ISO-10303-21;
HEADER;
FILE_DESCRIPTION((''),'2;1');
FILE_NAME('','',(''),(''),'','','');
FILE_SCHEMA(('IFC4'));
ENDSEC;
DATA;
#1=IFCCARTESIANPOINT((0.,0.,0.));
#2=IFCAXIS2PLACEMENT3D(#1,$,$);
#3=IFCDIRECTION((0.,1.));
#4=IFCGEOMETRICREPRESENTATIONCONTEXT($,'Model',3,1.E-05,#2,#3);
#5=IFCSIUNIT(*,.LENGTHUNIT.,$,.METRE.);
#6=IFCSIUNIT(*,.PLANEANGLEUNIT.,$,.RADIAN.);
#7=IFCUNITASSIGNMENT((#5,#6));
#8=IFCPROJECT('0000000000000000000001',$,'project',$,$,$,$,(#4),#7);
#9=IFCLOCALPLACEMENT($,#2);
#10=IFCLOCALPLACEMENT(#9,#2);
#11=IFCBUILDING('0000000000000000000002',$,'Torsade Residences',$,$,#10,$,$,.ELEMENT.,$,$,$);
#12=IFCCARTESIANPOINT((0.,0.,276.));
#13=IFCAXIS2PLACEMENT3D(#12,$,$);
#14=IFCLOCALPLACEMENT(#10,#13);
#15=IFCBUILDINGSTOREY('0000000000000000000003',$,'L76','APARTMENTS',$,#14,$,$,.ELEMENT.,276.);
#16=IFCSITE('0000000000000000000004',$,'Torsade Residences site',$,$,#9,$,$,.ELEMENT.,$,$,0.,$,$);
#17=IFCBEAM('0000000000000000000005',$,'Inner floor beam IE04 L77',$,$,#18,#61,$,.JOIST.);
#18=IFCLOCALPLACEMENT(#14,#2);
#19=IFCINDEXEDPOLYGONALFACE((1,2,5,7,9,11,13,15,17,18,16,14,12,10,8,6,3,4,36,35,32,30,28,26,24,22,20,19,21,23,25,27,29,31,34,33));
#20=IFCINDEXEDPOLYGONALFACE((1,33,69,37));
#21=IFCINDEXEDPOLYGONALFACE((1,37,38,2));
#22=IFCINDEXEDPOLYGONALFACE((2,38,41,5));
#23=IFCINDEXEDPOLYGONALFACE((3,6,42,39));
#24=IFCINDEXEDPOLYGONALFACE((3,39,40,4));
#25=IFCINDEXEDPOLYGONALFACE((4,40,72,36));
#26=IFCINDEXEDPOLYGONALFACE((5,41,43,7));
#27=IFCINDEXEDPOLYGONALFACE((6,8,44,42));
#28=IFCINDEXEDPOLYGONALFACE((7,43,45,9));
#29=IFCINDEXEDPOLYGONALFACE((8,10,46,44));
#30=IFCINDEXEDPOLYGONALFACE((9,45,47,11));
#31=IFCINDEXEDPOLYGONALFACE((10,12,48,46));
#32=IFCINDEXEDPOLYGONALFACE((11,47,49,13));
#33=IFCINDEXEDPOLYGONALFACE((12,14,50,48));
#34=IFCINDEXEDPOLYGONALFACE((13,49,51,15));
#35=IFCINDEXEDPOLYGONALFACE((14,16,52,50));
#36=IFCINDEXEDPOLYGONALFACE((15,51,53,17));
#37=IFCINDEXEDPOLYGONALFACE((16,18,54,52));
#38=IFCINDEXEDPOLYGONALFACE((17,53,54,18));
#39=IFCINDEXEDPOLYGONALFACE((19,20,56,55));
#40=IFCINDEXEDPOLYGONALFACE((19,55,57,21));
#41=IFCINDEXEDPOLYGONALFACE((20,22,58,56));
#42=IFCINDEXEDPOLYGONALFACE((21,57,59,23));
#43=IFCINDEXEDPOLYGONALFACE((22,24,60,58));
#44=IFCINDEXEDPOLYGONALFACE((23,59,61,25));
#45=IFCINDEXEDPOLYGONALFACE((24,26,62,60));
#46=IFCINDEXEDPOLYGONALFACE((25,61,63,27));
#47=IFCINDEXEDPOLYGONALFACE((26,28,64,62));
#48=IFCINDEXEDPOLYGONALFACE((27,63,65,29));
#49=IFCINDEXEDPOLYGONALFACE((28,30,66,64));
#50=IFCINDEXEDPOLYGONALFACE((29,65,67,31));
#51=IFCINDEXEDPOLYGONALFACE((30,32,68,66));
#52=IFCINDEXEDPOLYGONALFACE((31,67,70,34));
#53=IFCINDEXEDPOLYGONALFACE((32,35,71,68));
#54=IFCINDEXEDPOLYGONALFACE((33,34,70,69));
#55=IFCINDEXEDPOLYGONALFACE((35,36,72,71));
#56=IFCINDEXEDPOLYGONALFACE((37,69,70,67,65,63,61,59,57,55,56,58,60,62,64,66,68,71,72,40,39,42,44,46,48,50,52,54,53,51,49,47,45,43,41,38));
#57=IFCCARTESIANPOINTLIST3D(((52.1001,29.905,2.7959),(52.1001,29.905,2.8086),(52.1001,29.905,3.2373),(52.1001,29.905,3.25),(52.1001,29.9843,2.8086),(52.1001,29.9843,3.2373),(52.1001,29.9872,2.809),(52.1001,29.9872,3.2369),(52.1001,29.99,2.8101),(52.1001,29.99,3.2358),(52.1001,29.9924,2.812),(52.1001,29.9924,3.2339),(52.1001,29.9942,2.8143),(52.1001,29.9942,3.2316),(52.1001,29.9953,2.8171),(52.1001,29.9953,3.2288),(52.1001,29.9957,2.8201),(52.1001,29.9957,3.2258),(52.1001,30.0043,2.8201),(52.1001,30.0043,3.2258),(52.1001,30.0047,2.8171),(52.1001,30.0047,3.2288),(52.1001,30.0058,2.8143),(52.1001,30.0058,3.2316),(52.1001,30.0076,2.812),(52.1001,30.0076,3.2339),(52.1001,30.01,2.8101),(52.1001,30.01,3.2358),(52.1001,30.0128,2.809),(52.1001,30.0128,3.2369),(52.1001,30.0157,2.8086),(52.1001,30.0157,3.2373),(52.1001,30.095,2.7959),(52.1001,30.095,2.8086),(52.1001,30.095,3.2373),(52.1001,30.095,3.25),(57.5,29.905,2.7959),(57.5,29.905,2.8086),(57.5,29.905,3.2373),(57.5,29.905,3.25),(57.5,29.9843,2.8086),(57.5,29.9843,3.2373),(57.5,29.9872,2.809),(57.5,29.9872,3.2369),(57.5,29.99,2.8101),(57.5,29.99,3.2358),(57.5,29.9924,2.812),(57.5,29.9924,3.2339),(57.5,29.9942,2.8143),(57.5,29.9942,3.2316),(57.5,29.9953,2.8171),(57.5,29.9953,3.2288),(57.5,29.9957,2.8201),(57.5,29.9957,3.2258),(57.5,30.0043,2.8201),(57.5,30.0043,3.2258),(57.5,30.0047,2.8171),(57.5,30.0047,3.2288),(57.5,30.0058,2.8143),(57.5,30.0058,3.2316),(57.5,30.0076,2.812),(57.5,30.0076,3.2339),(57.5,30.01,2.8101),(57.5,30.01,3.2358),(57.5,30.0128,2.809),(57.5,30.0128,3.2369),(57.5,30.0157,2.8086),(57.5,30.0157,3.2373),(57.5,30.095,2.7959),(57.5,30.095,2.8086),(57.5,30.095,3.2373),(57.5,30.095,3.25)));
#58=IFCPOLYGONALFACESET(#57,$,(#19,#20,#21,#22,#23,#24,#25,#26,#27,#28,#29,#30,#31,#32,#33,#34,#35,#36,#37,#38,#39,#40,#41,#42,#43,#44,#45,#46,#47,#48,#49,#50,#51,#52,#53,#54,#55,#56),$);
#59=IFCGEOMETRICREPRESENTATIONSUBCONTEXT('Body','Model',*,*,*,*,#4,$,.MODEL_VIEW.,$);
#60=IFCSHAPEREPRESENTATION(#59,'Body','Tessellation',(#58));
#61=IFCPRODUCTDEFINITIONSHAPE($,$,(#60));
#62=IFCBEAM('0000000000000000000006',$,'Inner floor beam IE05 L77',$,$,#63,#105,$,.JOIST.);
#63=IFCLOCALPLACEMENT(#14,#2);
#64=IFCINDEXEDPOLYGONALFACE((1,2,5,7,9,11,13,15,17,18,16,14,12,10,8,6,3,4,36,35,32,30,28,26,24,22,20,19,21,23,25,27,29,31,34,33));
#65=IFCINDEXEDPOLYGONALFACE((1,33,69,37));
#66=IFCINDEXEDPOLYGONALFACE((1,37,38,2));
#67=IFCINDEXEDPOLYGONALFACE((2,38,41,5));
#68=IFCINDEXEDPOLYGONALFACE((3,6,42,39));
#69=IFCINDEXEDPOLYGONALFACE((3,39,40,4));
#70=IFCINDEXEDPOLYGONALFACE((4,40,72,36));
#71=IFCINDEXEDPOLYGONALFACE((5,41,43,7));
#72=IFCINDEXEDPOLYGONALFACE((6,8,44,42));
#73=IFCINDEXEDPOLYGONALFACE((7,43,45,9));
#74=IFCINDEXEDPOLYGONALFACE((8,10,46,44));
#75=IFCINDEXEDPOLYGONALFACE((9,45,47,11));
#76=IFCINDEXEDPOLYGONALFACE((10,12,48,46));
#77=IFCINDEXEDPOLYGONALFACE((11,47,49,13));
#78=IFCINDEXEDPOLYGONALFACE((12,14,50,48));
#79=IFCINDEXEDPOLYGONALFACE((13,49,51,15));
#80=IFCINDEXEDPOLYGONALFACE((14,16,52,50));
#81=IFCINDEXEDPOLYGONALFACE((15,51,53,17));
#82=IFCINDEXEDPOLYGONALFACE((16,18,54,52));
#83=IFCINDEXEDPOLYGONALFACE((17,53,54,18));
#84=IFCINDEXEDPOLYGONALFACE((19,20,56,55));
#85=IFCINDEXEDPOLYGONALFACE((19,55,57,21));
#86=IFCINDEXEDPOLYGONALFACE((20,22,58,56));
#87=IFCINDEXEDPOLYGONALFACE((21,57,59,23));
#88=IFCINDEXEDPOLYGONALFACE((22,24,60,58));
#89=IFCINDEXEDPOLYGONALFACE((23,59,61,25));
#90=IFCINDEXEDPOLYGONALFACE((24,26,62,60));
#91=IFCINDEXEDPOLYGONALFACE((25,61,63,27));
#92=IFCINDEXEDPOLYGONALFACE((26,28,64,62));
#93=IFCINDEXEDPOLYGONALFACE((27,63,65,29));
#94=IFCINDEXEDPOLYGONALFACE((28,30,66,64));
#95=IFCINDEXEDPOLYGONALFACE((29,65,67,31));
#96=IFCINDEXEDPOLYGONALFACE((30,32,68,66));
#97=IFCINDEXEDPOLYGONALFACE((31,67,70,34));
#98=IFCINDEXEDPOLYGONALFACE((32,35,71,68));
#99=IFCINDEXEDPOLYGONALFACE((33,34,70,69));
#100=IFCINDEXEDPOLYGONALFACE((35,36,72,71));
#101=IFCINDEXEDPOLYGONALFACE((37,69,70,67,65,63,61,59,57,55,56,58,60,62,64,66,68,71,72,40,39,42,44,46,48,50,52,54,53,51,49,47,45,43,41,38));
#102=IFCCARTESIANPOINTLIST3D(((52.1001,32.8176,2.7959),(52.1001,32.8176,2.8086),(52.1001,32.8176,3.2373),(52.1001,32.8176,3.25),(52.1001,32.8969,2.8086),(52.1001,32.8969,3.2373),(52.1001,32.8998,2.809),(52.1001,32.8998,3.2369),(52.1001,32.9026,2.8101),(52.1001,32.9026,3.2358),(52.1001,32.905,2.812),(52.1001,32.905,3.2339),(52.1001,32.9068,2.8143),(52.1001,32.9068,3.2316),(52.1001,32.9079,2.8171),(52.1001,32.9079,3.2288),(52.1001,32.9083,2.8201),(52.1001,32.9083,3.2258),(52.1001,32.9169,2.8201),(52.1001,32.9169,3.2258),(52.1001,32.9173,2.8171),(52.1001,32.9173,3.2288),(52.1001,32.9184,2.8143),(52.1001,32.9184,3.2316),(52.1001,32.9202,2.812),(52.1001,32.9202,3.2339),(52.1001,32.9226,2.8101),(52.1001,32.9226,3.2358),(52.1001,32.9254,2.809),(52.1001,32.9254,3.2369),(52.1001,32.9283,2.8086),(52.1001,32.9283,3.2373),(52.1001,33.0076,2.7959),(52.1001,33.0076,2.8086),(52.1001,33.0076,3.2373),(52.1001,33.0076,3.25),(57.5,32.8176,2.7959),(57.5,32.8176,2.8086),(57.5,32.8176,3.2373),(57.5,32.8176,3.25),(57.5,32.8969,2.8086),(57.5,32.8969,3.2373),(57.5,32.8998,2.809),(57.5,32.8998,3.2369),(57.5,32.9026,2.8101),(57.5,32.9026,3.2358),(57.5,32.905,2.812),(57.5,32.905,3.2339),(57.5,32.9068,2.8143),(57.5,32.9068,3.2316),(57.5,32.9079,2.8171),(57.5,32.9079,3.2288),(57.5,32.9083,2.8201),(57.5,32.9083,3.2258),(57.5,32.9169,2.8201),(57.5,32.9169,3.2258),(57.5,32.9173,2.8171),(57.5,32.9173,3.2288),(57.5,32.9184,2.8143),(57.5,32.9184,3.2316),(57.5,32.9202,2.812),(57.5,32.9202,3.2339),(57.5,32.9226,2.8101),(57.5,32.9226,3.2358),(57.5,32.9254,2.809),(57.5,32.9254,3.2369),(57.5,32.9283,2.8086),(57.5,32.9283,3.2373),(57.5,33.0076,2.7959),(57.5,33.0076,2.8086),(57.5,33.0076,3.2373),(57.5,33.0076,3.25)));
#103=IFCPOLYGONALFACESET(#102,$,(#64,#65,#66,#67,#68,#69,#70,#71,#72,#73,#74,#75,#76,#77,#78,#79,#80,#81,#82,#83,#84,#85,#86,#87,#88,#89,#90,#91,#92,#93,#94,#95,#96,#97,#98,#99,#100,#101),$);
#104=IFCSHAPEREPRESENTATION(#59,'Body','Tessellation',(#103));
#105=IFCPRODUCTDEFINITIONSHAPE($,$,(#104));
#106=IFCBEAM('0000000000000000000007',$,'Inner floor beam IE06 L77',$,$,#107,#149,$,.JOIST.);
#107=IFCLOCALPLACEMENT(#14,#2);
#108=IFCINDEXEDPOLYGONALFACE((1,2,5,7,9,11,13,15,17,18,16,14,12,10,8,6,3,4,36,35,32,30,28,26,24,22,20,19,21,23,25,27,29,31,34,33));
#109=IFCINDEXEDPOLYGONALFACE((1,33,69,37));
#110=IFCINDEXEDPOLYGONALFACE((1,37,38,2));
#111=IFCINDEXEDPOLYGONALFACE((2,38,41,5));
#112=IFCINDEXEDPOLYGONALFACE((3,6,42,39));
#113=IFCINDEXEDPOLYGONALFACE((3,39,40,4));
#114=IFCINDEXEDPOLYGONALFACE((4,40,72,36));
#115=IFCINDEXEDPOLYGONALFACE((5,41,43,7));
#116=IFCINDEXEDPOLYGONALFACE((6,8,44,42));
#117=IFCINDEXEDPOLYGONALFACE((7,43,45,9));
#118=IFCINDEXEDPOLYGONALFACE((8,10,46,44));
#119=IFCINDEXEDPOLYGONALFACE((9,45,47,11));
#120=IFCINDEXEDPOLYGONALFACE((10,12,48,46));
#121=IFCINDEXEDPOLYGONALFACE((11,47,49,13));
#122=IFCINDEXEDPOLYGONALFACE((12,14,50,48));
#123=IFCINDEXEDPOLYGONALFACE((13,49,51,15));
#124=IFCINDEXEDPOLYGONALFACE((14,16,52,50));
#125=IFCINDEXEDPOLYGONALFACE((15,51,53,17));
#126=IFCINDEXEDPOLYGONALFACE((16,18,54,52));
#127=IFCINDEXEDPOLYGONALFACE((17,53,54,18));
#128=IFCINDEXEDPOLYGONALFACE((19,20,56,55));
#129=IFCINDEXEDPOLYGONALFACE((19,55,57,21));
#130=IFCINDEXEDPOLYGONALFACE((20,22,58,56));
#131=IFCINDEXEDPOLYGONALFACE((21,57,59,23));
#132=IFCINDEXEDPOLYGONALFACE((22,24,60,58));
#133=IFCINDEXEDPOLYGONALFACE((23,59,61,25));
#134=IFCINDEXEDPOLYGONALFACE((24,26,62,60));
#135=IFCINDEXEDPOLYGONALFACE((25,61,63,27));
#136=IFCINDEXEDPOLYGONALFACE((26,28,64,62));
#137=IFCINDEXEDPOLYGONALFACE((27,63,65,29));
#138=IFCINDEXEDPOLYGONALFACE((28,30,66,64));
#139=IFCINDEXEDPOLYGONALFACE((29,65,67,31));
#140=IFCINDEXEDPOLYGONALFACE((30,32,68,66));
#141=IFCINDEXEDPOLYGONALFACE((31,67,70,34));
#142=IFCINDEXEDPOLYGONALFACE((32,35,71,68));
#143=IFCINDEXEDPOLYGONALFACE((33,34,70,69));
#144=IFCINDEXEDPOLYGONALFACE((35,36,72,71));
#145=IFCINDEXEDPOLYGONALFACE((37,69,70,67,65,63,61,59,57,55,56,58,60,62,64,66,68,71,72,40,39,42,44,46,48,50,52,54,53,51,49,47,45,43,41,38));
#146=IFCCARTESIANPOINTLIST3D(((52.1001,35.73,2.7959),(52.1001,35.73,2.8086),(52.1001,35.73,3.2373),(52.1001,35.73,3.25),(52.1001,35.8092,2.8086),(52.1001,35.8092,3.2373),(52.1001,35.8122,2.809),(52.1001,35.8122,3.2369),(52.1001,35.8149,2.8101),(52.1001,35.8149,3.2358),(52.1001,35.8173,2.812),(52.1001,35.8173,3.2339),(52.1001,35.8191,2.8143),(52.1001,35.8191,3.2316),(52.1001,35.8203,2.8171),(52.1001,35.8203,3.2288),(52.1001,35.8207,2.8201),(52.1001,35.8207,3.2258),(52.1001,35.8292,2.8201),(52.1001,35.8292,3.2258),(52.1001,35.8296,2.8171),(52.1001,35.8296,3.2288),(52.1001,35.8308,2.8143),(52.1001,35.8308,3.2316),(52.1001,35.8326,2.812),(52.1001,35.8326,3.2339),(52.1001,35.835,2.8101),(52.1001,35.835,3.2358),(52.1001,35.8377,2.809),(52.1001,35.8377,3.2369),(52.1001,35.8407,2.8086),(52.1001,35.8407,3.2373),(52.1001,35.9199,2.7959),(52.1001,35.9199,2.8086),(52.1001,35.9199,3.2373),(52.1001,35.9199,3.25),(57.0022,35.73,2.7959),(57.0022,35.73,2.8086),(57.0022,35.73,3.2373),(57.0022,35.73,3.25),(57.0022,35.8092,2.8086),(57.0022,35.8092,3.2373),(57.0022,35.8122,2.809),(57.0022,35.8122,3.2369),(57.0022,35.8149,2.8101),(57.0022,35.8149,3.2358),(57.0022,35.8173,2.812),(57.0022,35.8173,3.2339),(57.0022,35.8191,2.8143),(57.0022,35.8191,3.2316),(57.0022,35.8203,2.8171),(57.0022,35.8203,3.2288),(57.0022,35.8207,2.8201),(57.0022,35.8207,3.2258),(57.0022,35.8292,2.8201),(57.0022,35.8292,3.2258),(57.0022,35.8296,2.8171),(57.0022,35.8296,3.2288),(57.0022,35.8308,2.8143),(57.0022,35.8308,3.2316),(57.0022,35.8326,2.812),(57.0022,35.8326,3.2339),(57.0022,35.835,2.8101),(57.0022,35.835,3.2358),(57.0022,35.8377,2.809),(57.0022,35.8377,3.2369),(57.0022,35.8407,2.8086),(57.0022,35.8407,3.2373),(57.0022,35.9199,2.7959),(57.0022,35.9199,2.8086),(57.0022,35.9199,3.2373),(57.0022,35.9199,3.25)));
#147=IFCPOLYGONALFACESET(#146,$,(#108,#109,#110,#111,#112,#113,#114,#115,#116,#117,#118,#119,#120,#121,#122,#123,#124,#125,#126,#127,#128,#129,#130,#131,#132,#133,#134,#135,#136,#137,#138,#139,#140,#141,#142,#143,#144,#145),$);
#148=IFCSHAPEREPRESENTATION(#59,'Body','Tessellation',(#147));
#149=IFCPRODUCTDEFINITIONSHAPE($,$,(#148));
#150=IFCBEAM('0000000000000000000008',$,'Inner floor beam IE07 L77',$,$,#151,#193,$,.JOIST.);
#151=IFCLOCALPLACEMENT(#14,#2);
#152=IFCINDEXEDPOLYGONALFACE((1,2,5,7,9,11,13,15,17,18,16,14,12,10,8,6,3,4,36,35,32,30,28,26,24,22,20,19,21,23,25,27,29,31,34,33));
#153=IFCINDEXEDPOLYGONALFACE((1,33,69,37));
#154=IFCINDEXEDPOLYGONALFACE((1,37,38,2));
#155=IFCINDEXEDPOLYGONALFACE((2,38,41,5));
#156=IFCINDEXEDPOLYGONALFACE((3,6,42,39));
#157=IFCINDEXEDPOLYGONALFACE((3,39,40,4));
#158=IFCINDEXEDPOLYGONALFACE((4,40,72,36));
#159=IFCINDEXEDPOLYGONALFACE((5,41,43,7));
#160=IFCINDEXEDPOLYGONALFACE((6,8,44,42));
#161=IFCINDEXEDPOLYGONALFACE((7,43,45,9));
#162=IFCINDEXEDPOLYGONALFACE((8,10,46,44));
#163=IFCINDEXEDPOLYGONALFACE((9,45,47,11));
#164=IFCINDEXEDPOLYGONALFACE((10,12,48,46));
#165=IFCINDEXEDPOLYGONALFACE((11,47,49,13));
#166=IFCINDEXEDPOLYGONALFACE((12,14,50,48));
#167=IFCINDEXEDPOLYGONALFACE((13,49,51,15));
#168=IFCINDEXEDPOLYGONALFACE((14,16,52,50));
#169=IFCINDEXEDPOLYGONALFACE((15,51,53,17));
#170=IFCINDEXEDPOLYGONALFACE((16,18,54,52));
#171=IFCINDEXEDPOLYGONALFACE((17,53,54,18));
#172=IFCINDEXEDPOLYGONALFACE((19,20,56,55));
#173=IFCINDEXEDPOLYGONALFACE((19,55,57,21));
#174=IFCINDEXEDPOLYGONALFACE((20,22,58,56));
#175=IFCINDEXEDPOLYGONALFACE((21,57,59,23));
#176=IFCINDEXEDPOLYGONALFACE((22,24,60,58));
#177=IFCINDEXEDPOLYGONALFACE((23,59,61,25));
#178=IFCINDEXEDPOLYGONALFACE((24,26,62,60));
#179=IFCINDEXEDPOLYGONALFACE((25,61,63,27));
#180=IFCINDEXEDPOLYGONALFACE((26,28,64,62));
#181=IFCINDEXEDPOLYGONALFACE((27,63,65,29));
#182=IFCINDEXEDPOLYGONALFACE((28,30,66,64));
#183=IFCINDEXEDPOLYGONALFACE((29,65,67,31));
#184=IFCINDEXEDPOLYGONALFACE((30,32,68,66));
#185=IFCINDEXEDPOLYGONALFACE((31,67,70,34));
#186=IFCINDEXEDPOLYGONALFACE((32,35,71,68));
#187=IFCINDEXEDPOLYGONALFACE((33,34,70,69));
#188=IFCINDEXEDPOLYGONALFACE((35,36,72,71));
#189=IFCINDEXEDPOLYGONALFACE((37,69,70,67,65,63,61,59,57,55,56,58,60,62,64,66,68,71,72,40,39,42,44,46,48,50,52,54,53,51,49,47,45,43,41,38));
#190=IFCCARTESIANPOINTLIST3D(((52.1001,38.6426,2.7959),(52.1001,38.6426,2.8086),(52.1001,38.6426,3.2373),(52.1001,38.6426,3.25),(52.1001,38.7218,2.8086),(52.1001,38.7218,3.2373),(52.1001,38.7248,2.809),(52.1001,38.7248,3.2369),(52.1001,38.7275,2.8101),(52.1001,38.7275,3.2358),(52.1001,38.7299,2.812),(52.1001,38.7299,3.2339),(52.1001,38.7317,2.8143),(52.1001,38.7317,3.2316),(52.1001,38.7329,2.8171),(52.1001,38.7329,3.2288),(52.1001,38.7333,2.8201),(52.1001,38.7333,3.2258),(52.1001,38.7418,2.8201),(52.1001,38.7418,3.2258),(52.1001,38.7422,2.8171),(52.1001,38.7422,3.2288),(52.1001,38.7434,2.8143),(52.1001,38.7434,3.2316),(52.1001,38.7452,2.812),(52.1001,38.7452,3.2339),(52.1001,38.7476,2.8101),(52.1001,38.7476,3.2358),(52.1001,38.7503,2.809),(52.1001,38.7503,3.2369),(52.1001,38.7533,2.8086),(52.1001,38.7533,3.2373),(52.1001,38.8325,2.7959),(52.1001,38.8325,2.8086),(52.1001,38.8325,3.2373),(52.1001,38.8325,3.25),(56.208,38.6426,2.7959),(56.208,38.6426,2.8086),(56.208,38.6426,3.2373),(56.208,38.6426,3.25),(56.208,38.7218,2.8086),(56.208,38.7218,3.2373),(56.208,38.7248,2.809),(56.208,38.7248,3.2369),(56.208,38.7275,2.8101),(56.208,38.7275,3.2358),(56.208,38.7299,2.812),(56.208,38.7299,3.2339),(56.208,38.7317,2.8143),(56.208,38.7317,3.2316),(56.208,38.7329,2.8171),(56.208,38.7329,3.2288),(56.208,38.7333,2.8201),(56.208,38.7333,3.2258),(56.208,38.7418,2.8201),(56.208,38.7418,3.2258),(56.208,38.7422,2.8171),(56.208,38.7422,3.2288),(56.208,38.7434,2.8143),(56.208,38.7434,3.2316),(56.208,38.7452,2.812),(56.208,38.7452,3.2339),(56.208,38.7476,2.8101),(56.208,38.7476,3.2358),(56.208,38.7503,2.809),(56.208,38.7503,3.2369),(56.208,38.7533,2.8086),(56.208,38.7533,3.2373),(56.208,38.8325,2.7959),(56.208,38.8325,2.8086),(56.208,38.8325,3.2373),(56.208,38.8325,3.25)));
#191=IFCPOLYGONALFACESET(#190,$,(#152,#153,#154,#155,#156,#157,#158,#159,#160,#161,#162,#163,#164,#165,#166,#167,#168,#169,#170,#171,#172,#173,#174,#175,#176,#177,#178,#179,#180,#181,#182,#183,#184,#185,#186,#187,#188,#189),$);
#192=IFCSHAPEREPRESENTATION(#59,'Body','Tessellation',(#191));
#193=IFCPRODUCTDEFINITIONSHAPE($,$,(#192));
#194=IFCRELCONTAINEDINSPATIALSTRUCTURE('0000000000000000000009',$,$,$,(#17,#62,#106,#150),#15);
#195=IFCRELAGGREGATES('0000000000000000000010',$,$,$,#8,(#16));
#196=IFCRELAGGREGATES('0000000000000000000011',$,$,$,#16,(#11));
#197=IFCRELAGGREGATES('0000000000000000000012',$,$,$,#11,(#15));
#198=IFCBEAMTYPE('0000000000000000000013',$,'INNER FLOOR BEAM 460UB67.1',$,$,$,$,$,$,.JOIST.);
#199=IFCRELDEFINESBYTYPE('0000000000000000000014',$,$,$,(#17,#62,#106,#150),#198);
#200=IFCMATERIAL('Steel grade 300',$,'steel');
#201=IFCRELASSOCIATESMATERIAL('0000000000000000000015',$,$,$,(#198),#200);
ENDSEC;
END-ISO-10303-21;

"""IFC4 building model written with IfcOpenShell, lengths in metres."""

from ifc_helpers import new_model, si_unit, direction, frame, origin, origin_2d, place, context, subcontext, project, spatial, i_section, extrude, material, material_profile, profile_set, type_object, element, save


model = new_model("IFC4")

# Units and contexts
model_context = context("Model", 3, precision=1e-05, world=origin(), true_north=direction((0.0, 1.0)))
body_context = subcontext(model_context, "Body", "Model", "MODEL_VIEW")
ifc_project = project(units=[si_unit("LENGTHUNIT", "METRE"), si_unit("PLANEANGLEUNIT", "RADIAN")], contexts=[model_context])

# Site, building, storey
site_placement = place(None, origin())
site = spatial("IfcSite", under=ifc_project, at=site_placement, Name="Torsade Residences site", CompositionType="ELEMENT", RefElevation=0.0)
building_placement = place(site_placement, origin())
building = spatial("IfcBuilding", under=site, at=building_placement, Name="Torsade Residences", CompositionType="ELEMENT")
storey_placement = place(building_placement, frame((0.0, 0.0, 276.0)))
storey = spatial("IfcBuildingStorey", under=building, at=storey_placement, Name="L76", Description="APARTMENTS", CompositionType="ELEMENT", Elevation=276.0)

# Beams
ifc_material_1 = material(Name="Steel grade 300", Category="steel")
ifc_material_profile_1 = material_profile(ifc_material_1, i_section(OverallWidth=0.1899, OverallDepth=0.4541, WebThickness=0.0085, FlangeThickness=0.0127, FilletRadius=0.0115, at=origin_2d()), Name="460UB67.1")
ifc_profile_set_1 = profile_set([ifc_material_profile_1], Name="Steel grade 300")
beam_type_1 = type_object("IfcBeamType", Name="INNER FLOOR BEAM 460UB67.1", PredefinedType="JOIST", material=ifc_profile_set_1)
for number, where, z_axis, x_axis, name in (
    (1, (52.1001, 30.0, 3.0229), (1.0, 0.0, 0.0), (0.0, 1.0, 0.0), "Inner floor beam IE04 L77"),
    (2, (52.1001, 32.9126, 3.0229), (1.0, 0.0, 0.0), (0.0, 1.0, 0.0), "Inner floor beam IE05 L77"),
):
    element("IfcBeam", number, at=place(storey_placement, frame(where, z_axis=z_axis, x_axis=x_axis)), inside=storey, type_object=beam_type_1, Name=name, PredefinedType="JOIST", context=body_context, shape_type="SweptSolid", body=[
        extrude(i_section(OverallWidth=0.1899, OverallDepth=0.4541, WebThickness=0.0085, FlangeThickness=0.0127, FilletRadius=0.0115, at=origin_2d()), origin(), (0.0, 0.0, 1.0), 5.3999),
    ])
beam_1_placement = place(storey_placement, frame((52.1001, 35.825, 3.0229), z_axis=(1.0, 0.0, 0.0), x_axis=(0.0, 1.0, 0.0)))
element("IfcBeam", 3, at=beam_1_placement, inside=storey, type_object=beam_type_1, Name="Inner floor beam IE06 L77", PredefinedType="JOIST", context=body_context, shape_type="SweptSolid", body=[
    extrude(i_section(OverallWidth=0.1899, OverallDepth=0.4541, WebThickness=0.0085, FlangeThickness=0.0127, FilletRadius=0.0115, at=origin_2d()), origin(), (0.0, 0.0, 1.0), 4.9021),
])
beam_2_placement = place(storey_placement, frame((52.1001, 38.7375, 3.0229), z_axis=(1.0, 0.0, 0.0), x_axis=(0.0, 1.0, 0.0)))
element("IfcBeam", 4, at=beam_2_placement, inside=storey, type_object=beam_type_1, Name="Inner floor beam IE07 L77", PredefinedType="JOIST", context=body_context, shape_type="SweptSolid", body=[
    extrude(i_section(OverallWidth=0.1899, OverallDepth=0.4541, WebThickness=0.0085, FlangeThickness=0.0127, FilletRadius=0.0115, at=origin_2d()), origin(), (0.0, 0.0, 1.0), 4.1079),
])

save(model, "model.ifc")
